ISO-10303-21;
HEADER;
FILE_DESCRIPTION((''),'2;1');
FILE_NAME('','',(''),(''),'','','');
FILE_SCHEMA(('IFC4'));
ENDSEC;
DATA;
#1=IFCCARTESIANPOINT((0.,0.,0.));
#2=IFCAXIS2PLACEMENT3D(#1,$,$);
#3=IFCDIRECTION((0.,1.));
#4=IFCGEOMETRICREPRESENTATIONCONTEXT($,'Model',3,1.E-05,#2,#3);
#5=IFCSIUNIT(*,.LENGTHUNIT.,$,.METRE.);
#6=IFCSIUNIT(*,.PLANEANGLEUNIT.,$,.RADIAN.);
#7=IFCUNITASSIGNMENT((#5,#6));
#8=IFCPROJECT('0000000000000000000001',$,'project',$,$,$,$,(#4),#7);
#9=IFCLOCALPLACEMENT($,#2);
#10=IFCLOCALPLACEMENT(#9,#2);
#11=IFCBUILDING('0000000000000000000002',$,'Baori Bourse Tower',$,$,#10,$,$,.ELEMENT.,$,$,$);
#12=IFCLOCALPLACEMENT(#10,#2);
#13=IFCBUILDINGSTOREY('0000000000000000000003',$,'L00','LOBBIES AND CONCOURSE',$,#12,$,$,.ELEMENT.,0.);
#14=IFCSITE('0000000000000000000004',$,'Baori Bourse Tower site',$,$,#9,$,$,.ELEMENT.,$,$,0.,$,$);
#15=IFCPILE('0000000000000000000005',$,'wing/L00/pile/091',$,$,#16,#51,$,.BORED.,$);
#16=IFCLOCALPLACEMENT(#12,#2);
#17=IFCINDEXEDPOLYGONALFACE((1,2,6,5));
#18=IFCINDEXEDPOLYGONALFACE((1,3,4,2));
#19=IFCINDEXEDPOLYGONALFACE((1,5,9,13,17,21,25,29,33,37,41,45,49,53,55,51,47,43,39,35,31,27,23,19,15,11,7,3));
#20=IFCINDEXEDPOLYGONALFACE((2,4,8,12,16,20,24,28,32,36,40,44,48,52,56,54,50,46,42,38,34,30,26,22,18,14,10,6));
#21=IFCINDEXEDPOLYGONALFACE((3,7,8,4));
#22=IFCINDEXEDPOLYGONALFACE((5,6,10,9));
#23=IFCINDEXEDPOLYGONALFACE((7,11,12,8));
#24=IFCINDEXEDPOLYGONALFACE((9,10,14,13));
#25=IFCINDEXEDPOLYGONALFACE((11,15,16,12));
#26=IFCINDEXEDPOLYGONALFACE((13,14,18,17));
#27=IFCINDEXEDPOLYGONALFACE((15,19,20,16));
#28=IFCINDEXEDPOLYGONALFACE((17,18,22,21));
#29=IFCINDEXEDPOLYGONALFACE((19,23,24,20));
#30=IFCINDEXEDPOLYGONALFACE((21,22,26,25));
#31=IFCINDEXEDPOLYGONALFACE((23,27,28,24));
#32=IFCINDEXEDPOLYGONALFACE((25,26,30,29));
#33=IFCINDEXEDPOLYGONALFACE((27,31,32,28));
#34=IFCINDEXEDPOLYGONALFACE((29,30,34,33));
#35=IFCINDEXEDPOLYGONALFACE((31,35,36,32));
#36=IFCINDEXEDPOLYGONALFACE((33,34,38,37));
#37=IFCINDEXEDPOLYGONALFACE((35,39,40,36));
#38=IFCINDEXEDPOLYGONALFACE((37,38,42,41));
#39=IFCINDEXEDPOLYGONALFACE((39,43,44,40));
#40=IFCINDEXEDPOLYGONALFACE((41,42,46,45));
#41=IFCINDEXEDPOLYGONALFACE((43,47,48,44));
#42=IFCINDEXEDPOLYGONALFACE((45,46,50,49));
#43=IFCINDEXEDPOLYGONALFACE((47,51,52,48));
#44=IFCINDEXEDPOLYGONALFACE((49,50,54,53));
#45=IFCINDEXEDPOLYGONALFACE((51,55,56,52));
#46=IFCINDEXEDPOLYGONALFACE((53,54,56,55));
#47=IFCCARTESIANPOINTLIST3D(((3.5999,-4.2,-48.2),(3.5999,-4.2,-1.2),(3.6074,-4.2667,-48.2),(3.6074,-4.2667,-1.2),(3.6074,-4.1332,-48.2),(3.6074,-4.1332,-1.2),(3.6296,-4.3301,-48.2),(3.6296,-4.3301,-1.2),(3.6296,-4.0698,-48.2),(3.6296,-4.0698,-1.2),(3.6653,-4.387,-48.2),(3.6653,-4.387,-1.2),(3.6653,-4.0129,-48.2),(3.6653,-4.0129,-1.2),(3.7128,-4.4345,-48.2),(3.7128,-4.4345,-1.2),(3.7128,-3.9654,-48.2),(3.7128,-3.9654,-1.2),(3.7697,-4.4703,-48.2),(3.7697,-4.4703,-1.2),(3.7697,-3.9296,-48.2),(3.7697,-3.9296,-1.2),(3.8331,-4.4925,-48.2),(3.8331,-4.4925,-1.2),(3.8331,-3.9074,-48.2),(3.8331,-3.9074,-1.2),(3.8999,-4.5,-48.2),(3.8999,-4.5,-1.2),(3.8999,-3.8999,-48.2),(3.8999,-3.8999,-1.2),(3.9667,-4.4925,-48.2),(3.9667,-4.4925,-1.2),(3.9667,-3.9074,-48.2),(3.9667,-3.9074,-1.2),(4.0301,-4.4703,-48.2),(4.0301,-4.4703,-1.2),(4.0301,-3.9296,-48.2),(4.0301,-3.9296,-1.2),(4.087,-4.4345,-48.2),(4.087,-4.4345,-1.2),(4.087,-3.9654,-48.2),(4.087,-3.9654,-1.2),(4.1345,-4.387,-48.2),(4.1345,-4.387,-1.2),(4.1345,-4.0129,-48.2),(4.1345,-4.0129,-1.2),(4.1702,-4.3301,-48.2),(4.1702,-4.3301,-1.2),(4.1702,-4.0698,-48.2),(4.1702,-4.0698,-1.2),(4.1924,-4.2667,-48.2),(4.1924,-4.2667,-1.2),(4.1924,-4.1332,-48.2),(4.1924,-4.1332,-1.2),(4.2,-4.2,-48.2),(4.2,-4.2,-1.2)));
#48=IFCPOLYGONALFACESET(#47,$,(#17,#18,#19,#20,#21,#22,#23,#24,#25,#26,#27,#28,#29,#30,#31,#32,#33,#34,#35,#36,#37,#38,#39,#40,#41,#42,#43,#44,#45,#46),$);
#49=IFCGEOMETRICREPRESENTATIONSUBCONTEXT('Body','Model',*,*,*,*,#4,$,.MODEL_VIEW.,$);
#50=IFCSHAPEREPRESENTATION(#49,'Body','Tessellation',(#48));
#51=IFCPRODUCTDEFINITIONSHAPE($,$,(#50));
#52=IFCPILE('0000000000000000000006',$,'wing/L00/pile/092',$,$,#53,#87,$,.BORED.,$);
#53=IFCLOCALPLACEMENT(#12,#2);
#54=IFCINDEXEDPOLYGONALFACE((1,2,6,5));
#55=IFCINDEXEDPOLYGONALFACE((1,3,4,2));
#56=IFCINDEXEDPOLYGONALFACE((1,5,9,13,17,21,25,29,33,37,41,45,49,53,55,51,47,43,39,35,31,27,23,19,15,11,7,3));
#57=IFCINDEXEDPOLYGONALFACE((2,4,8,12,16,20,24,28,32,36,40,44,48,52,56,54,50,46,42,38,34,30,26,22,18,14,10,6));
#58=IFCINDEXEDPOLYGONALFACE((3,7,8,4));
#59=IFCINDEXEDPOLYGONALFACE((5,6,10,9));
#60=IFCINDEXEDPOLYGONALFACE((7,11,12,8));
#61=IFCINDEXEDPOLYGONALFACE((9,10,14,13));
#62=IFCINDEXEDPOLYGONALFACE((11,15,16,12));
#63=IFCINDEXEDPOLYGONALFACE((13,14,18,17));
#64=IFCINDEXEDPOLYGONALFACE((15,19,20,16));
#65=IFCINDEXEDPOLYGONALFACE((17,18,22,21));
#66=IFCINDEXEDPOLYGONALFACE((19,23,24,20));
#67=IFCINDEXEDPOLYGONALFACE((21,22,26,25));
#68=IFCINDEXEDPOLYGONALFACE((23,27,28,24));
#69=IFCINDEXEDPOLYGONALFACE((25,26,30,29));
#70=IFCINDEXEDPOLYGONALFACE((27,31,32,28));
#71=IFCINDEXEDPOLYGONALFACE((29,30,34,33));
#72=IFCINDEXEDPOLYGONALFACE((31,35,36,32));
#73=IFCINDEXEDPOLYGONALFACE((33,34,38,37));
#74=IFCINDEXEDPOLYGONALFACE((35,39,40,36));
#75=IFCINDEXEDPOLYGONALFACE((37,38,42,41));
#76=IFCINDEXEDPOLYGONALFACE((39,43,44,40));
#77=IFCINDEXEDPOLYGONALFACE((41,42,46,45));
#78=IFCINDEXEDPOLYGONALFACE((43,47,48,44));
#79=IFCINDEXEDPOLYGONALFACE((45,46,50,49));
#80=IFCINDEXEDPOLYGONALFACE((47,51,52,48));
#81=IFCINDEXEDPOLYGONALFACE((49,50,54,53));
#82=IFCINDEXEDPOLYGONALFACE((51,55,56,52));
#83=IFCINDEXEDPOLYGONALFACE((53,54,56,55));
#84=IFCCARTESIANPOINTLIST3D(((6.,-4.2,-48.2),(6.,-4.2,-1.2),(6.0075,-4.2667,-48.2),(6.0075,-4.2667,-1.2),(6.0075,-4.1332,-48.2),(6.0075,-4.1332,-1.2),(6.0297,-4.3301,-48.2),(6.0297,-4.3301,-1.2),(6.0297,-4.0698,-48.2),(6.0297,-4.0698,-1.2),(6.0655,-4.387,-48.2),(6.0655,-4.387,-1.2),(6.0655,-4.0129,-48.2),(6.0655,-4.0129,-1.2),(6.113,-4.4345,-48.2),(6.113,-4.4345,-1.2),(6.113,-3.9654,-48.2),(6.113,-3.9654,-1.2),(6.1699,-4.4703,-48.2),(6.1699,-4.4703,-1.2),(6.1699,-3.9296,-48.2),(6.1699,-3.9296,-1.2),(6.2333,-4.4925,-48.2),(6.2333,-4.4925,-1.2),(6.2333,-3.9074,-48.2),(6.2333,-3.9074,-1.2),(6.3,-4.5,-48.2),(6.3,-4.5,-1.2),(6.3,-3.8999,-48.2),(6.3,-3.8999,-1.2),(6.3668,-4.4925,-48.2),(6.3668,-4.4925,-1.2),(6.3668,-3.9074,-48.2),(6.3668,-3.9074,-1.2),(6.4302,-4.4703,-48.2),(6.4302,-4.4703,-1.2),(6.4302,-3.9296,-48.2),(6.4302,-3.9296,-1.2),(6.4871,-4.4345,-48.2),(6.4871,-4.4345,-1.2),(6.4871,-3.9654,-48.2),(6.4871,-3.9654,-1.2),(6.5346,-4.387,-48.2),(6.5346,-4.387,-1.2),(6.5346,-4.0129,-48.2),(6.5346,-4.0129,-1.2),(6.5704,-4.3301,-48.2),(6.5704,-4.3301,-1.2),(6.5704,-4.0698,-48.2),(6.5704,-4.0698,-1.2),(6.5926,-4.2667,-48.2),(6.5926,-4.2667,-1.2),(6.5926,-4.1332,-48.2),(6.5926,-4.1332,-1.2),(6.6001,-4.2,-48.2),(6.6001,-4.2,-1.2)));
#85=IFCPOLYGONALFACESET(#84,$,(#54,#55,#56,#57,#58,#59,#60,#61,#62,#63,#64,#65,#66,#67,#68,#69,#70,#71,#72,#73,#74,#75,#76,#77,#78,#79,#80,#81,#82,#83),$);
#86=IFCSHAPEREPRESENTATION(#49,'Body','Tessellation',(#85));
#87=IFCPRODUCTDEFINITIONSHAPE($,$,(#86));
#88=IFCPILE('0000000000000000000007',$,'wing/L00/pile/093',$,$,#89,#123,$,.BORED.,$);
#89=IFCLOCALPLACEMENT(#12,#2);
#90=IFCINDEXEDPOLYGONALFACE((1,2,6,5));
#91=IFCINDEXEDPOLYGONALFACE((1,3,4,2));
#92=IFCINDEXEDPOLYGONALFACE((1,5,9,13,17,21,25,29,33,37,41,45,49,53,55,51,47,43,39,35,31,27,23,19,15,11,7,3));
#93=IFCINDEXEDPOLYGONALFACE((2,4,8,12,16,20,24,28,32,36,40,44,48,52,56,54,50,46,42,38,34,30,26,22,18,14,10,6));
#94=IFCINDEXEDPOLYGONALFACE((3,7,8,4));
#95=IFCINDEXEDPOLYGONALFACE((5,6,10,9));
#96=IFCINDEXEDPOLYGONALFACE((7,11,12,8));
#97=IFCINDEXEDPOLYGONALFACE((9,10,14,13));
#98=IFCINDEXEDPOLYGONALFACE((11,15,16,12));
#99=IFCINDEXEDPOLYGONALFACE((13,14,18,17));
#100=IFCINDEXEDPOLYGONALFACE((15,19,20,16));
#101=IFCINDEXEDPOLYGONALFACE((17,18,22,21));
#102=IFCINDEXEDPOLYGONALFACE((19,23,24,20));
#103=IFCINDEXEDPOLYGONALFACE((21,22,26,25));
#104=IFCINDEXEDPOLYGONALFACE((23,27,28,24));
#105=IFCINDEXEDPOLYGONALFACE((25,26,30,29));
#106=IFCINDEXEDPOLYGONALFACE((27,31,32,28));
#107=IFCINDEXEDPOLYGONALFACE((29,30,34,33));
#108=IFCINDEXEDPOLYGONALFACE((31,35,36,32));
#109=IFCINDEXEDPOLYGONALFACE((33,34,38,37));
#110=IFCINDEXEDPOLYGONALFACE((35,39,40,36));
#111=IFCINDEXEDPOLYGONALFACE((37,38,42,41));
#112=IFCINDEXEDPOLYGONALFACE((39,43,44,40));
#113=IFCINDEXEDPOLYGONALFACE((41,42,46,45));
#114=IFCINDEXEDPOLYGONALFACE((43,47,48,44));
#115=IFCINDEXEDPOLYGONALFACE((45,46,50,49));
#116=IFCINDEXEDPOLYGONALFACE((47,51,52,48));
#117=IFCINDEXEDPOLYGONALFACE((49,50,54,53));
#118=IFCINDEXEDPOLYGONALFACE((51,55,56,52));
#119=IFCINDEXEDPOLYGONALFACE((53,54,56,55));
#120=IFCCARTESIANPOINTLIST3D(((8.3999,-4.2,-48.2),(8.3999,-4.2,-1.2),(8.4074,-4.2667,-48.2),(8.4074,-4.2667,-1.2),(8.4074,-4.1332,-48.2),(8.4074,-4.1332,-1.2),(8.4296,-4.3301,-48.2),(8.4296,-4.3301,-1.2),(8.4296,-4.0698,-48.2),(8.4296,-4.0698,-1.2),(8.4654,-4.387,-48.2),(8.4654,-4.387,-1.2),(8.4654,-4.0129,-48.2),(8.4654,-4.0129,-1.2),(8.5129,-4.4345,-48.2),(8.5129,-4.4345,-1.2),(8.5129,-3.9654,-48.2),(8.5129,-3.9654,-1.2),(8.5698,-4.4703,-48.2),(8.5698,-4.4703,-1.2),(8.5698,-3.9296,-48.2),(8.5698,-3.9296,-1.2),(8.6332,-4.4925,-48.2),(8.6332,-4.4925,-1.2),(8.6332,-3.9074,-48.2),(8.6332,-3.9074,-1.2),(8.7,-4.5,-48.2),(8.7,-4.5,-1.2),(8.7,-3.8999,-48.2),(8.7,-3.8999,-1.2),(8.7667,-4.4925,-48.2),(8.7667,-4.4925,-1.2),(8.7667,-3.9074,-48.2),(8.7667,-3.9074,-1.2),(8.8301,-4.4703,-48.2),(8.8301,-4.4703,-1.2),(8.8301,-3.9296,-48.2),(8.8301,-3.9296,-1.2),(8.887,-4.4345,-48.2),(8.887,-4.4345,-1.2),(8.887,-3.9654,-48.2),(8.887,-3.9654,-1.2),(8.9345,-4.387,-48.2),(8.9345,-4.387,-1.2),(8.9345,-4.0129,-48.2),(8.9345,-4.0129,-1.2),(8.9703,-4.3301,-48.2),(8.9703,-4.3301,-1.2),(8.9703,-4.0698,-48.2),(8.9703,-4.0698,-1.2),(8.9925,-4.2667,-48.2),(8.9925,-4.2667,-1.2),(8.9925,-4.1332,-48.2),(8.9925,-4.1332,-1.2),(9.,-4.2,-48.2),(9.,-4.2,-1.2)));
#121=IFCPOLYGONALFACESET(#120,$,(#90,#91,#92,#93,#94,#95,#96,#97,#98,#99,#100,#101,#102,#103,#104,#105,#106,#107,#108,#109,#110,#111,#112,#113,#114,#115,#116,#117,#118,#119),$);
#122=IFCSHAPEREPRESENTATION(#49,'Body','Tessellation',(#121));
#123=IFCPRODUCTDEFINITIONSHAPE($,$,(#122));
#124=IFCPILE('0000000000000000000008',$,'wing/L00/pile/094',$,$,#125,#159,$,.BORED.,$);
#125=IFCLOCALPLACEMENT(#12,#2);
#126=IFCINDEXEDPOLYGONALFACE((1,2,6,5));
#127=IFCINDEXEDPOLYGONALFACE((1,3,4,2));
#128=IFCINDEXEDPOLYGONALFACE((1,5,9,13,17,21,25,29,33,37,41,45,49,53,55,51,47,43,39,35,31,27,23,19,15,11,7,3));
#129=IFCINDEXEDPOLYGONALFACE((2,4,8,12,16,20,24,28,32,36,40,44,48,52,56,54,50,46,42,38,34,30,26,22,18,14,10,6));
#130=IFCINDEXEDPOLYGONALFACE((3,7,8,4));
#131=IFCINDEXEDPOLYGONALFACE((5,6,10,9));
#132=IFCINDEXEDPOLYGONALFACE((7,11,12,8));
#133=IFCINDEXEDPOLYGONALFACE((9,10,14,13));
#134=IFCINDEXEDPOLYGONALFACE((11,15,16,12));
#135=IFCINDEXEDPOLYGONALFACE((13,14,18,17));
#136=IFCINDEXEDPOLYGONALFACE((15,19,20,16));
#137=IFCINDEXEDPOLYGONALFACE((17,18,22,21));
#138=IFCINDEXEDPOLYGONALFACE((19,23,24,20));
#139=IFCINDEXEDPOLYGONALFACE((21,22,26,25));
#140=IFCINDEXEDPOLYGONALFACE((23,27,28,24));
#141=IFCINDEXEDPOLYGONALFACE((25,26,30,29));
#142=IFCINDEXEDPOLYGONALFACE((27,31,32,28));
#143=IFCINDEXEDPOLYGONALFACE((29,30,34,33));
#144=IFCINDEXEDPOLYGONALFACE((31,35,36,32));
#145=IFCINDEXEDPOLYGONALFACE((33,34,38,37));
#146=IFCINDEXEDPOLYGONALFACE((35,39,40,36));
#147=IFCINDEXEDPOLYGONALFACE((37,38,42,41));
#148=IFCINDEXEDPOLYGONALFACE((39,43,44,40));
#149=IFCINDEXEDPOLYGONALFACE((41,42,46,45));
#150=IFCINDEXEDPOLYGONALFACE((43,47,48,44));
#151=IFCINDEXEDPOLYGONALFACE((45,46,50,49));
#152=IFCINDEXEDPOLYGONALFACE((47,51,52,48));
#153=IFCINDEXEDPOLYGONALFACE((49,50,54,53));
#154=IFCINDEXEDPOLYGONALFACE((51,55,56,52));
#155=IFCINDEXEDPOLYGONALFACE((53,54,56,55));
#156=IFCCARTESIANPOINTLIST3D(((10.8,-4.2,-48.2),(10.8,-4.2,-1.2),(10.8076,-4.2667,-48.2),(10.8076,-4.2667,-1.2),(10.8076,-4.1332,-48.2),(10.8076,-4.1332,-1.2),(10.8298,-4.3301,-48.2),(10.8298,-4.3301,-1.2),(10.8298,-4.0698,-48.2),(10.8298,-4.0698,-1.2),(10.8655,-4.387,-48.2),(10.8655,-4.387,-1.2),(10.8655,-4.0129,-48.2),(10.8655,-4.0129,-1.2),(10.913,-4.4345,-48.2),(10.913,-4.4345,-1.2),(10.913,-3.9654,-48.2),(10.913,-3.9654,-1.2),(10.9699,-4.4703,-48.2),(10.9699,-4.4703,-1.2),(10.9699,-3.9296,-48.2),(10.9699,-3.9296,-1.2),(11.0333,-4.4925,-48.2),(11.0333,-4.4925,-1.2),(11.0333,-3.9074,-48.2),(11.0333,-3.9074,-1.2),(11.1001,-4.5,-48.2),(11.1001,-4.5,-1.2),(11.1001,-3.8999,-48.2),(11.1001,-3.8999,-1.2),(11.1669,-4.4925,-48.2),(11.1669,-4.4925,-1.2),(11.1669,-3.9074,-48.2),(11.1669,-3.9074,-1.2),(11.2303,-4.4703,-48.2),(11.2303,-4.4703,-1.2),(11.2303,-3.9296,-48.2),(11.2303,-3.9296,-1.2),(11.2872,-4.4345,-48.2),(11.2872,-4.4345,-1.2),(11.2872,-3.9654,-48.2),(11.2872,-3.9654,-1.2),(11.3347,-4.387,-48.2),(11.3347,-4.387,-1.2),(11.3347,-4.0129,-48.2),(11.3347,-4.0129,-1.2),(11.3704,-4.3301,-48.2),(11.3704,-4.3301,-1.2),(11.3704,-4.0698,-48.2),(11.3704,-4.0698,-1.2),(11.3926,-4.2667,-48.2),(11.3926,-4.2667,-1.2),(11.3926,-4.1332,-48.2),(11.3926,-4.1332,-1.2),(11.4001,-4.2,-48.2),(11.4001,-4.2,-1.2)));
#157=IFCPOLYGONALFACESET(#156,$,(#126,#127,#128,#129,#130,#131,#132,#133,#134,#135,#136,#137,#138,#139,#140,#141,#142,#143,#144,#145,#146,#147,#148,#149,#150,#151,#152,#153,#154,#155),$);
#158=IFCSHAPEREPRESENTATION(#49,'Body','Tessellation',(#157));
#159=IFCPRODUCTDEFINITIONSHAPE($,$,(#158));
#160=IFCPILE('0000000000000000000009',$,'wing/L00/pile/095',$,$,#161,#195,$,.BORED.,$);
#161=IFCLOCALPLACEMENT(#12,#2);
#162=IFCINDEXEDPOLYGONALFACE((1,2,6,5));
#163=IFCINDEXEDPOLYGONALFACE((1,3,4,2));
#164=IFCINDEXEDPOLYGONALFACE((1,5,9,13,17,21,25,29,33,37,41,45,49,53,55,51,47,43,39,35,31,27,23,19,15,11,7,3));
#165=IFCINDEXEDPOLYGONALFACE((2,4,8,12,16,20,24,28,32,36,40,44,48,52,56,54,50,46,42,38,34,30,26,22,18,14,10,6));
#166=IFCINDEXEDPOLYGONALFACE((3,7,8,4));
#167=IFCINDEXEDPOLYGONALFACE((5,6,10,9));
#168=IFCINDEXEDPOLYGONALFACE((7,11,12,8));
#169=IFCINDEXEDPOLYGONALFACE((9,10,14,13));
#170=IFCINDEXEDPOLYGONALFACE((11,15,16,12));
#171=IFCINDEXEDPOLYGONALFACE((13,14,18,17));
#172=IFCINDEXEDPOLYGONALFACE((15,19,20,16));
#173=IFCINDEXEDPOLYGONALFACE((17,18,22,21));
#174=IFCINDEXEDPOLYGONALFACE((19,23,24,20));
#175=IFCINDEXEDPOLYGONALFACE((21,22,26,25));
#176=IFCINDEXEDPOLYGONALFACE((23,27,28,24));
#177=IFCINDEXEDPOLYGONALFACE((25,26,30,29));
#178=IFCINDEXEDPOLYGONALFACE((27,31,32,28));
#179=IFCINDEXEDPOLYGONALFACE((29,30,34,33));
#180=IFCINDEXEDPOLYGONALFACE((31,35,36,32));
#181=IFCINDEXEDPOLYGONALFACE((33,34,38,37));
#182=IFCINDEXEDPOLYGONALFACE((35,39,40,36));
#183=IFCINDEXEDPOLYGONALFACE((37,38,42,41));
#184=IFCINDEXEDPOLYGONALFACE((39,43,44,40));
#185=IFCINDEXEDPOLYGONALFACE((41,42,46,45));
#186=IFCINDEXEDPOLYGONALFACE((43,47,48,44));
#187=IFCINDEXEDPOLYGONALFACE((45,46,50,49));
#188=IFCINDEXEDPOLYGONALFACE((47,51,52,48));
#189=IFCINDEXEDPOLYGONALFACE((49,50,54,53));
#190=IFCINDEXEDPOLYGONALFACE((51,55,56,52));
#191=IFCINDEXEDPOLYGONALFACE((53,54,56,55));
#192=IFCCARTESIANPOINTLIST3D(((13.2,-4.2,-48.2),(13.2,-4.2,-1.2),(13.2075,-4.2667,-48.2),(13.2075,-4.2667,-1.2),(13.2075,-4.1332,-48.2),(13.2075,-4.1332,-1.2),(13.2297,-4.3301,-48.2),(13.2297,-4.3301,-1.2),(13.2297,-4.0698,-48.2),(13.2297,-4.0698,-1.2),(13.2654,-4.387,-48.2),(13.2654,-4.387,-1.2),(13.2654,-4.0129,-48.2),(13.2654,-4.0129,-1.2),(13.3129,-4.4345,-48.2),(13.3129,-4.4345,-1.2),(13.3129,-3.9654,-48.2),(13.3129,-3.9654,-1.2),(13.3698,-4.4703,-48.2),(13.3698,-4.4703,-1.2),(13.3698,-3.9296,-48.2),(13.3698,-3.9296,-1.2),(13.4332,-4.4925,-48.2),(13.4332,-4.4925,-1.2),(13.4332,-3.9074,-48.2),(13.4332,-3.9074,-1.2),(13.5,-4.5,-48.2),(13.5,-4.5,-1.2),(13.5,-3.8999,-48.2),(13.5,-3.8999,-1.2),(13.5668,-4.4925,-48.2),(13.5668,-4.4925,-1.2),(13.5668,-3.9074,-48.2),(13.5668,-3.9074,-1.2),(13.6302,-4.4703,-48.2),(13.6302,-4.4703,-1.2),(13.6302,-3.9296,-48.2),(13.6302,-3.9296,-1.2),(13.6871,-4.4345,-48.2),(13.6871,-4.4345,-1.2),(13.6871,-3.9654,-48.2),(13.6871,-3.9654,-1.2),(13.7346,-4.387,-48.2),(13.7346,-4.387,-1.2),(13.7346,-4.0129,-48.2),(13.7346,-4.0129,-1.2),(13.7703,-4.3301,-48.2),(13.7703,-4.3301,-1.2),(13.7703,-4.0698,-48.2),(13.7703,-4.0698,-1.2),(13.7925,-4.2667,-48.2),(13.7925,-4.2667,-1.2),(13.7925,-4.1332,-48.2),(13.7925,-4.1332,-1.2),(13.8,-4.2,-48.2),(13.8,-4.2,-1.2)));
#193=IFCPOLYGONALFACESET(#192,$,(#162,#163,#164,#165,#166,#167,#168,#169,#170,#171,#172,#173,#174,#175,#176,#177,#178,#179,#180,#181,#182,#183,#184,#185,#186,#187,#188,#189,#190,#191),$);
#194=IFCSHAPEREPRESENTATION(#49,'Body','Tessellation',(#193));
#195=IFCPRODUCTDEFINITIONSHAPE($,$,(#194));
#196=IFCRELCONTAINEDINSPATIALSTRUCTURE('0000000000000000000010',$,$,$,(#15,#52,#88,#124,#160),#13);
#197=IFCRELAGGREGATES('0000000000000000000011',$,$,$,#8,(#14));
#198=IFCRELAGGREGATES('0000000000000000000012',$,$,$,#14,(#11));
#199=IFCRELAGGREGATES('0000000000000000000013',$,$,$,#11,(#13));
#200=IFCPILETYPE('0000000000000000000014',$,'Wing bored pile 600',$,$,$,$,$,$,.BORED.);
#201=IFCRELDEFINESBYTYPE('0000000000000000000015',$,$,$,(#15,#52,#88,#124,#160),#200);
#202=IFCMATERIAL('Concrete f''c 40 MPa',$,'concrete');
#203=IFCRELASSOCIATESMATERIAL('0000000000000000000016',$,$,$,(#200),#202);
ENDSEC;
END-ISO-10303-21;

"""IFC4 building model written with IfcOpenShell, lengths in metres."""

from ifc_helpers import new_model, si_unit, direction, frame, origin, origin_2d, place, context, subcontext, project, spatial, circle, extrude, material, material_profile, profile_set, type_object, element, save


model = new_model("IFC4")

# Units and contexts
model_context = context("Model", 3, precision=1e-05, world=origin(), true_north=direction((0.0, 1.0)))
body_context = subcontext(model_context, "Body", "Model", "MODEL_VIEW")
ifc_project = project(units=[si_unit("LENGTHUNIT", "METRE"), si_unit("PLANEANGLEUNIT", "RADIAN")], contexts=[model_context])

# Site, building, storey
site_placement = place(None, origin())
site = spatial("IfcSite", under=ifc_project, at=site_placement, Name="Baori Bourse Tower site", CompositionType="ELEMENT", RefElevation=0.0)
building_placement = place(site_placement, origin())
building = spatial("IfcBuilding", under=site, at=building_placement, Name="Baori Bourse Tower", CompositionType="ELEMENT")
storey_placement = place(building_placement, origin())
storey = spatial("IfcBuildingStorey", under=building, at=storey_placement, Name="L00", Description="LOBBIES AND CONCOURSE", CompositionType="ELEMENT", Elevation=0.0)

# Piles
ifc_material_1 = material(Name="Concrete f'c 40 MPa", Category="concrete")
ifc_material_profile_1 = material_profile(ifc_material_1, circle(Radius=0.3, at=origin_2d()), Name="Wing bored pile 600")
ifc_profile_set_1 = profile_set([ifc_material_profile_1], Name="Concrete f'c 40 MPa")
pile_type_1 = type_object("IfcPileType", Name="Wing bored pile 600", PredefinedType="BORED", material=ifc_profile_set_1)
for number, where, z_axis, x_axis, name in (
    (1, (3.8999, -4.2, -1.2), (0.0, 0.0, -1.0), (1.0, 0.0, 0.0), "wing/L00/pile/091"),
    (2, (6.3, -4.2, -1.2), (0.0, 0.0, -1.0), (1.0, 0.0, 0.0), "wing/L00/pile/092"),
    (3, (8.7, -4.2, -1.2), (0.0, 0.0, -1.0), (1.0, 0.0, 0.0), "wing/L00/pile/093"),
    (4, (11.1001, -4.2, -1.2), (0.0, 0.0, -1.0), (1.0, 0.0, 0.0), "wing/L00/pile/094"),
    (5, (13.5, -4.2, -1.2), (0.0, 0.0, -1.0), (1.0, 0.0, 0.0), "wing/L00/pile/095"),
):
    element("IfcPile", number, at=place(storey_placement, frame(where, z_axis=z_axis, x_axis=x_axis)), inside=storey, type_object=pile_type_1, Name=name, PredefinedType="BORED", context=body_context, shape_type="SweptSolid", body=[
        extrude(circle(Radius=0.3, at=origin_2d()), origin(), (0.0, 0.0, 1.0), 47.0),
    ])

save(model, "model.ifc")
